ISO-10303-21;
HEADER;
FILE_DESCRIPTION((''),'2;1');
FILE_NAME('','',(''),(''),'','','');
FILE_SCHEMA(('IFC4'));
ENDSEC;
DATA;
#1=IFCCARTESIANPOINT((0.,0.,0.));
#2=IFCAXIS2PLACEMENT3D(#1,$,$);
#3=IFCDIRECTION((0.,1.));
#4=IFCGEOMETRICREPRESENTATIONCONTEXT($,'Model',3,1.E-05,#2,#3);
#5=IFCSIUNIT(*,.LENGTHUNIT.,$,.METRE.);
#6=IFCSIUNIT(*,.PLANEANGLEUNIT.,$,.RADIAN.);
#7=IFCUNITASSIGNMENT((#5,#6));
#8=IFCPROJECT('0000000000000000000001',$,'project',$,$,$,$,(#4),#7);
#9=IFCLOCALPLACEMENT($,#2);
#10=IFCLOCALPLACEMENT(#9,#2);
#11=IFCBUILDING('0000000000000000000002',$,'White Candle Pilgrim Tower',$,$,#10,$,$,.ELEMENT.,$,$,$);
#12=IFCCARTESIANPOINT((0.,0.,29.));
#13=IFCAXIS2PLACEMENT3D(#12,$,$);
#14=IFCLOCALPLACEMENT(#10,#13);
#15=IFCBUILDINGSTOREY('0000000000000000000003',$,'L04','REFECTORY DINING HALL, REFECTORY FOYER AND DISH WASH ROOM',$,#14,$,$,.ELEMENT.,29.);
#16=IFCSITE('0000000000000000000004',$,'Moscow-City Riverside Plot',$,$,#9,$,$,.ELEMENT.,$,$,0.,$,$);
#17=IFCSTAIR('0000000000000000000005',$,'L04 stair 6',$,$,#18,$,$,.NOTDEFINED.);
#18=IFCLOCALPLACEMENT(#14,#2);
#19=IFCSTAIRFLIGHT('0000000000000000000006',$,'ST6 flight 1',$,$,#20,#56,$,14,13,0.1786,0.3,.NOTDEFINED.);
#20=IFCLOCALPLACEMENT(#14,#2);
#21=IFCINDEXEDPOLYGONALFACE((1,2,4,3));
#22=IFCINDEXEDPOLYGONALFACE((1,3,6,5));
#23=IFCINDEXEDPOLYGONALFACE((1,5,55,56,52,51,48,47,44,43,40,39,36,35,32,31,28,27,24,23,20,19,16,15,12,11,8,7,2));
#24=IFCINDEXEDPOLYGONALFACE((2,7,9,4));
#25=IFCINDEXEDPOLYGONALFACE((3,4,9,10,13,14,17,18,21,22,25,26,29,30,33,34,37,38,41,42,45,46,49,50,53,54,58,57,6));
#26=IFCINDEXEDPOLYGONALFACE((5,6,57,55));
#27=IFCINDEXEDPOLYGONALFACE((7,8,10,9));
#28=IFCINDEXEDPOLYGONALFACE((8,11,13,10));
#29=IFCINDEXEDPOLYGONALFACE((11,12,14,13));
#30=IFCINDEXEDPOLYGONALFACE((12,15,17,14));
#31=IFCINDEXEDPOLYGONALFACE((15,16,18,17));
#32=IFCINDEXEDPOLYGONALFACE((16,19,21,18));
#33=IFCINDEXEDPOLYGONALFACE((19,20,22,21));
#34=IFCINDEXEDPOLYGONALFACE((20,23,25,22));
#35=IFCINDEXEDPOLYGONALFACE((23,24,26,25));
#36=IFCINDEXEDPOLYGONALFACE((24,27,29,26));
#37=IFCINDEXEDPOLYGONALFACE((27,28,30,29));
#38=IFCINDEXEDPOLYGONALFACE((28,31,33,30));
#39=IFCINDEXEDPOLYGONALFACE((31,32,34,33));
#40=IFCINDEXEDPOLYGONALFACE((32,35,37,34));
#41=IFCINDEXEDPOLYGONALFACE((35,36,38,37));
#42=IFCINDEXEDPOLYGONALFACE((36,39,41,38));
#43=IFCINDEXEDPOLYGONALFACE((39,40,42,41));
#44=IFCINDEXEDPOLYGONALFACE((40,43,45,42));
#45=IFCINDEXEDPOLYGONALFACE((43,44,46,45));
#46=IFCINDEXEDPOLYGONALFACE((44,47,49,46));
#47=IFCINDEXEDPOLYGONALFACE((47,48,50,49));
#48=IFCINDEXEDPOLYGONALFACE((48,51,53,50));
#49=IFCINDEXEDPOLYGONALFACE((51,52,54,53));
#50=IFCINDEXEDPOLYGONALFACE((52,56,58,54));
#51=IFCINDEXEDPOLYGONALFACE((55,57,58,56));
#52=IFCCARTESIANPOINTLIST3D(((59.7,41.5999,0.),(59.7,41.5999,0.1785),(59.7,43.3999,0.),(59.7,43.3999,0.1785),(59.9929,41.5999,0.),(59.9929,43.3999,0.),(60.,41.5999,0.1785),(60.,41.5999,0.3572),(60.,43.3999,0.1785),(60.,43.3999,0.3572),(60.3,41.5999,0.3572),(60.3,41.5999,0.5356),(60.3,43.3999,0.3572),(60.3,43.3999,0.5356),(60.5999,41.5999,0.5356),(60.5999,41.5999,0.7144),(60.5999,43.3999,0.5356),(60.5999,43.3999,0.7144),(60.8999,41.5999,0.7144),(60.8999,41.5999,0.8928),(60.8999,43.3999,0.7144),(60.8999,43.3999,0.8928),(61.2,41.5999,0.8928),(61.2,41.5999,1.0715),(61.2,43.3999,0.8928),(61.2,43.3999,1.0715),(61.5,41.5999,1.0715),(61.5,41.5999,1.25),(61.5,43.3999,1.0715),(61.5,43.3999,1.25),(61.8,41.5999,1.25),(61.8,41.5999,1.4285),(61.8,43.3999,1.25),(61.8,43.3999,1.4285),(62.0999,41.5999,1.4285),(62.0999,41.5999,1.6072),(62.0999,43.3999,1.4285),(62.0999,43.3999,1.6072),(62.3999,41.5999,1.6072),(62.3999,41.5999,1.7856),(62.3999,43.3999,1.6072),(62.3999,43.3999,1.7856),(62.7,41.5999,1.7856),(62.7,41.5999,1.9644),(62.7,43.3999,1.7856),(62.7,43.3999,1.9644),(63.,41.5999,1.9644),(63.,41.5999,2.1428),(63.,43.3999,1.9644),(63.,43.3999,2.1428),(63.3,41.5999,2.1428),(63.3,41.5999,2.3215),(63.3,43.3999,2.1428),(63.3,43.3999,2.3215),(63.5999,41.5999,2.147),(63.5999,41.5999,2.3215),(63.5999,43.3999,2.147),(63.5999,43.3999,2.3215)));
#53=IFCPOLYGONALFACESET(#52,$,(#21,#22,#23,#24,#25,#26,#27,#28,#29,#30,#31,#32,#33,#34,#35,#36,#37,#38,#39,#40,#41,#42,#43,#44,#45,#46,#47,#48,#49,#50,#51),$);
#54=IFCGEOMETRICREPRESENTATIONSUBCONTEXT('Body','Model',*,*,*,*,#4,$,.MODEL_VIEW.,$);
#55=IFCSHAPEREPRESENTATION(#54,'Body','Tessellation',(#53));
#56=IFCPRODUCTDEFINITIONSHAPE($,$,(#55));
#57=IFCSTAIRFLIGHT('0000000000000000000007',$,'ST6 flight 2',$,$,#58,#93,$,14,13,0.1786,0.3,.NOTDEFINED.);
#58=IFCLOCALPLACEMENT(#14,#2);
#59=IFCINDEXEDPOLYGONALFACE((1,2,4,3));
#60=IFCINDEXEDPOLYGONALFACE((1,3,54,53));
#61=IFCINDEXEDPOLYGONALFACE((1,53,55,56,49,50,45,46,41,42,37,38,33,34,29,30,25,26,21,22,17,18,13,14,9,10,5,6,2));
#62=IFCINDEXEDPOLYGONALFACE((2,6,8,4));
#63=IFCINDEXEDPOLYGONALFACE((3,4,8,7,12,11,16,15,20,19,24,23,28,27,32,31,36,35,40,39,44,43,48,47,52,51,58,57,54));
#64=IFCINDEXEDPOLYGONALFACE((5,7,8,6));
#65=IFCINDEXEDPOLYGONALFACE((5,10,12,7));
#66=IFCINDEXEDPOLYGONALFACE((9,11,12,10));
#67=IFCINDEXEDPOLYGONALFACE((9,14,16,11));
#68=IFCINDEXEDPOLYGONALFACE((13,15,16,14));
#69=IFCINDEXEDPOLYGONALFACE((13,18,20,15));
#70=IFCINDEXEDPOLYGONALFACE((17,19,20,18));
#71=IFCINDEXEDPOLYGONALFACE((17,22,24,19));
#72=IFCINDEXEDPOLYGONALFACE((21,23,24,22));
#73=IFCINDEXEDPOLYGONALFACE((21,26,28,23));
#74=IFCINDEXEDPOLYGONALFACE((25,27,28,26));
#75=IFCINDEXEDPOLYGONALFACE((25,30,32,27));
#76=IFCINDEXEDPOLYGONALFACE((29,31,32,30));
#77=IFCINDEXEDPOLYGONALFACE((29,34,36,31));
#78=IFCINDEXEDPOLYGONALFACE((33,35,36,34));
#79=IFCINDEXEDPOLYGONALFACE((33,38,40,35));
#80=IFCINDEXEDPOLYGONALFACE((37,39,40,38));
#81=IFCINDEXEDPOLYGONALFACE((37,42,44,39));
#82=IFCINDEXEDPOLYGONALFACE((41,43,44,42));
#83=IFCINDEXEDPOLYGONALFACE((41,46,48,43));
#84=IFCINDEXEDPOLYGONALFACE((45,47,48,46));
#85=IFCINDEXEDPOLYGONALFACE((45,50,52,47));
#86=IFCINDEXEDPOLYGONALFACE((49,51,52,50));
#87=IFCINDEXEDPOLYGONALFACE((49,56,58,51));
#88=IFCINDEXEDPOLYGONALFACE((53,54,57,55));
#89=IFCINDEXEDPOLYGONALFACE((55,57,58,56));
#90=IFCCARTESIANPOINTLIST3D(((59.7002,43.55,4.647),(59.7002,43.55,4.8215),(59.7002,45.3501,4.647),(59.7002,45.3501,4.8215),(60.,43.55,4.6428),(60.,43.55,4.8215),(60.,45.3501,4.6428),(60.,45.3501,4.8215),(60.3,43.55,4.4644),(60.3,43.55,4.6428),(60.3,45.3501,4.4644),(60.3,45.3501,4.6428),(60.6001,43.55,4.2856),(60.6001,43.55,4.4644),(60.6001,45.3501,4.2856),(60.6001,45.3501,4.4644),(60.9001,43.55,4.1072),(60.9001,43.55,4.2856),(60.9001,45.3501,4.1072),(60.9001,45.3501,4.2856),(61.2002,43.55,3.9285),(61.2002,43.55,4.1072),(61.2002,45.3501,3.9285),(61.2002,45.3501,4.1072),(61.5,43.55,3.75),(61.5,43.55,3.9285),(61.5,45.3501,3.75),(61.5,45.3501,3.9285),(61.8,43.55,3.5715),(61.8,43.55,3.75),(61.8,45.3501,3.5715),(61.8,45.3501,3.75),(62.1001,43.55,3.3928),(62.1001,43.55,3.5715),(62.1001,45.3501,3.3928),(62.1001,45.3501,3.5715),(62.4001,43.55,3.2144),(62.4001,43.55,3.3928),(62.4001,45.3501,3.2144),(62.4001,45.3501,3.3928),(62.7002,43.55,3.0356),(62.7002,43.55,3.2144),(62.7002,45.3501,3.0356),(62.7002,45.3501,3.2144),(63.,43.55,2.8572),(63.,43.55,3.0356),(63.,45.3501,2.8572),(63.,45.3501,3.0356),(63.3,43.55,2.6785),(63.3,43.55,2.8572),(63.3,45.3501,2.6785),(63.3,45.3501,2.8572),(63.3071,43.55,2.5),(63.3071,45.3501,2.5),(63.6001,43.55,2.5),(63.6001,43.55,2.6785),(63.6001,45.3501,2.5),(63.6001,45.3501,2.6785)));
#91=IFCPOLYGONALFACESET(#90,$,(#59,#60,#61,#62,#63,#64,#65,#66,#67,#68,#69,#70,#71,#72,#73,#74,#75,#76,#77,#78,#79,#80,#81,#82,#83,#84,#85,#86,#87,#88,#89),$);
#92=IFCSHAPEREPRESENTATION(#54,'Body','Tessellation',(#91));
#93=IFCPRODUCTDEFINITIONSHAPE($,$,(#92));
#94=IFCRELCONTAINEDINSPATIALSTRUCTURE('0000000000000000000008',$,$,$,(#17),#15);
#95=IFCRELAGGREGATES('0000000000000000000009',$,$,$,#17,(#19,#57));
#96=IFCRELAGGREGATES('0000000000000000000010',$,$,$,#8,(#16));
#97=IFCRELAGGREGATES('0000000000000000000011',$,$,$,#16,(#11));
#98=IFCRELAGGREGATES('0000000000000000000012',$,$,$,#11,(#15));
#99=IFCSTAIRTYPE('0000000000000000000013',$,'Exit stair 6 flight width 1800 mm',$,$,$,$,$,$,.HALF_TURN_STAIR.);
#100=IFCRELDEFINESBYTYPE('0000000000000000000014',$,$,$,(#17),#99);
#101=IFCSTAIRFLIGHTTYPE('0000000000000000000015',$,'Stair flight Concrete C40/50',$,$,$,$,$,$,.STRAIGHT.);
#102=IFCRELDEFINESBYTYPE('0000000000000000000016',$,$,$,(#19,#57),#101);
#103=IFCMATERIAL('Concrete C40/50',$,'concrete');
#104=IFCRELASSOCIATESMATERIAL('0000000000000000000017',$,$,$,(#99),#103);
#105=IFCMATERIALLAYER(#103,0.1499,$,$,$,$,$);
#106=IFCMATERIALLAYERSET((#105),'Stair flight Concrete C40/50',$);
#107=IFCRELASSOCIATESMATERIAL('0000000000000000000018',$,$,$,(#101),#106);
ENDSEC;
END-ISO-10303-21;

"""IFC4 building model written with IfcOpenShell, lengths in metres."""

from ifc_helpers import new_model, si_unit, direction, frame, origin, place, context, subcontext, project, spatial, polyline, outline, extrude, material, layer, layer_set, type_object, element, aggregate, save


model = new_model("IFC4")

# Units and contexts
model_context = context("Model", 3, precision=1e-05, world=origin(), true_north=direction((0.0, 1.0)))
body_context = subcontext(model_context, "Body", "Model", "MODEL_VIEW")
ifc_project = project(units=[si_unit("LENGTHUNIT", "METRE"), si_unit("PLANEANGLEUNIT", "RADIAN")], contexts=[model_context])

# Site, building, storey
site_placement = place(None, origin())
site = spatial("IfcSite", under=ifc_project, at=site_placement, Name="Moscow-City Riverside Plot", CompositionType="ELEMENT", RefElevation=0.0)
building_placement = place(site_placement, origin())
building = spatial("IfcBuilding", under=site, at=building_placement, Name="White Candle Pilgrim Tower", CompositionType="ELEMENT")
storey_placement = place(building_placement, frame((0.0, 0.0, 29.0)))
storey = spatial("IfcBuildingStorey", under=building, at=storey_placement, Name="L04", Description="REFECTORY DINING HALL, REFECTORY FOYER AND DISH WASH ROOM", CompositionType="ELEMENT", Elevation=29.0)

# Stair, stair flights
ifc_material_1 = material(Name="Concrete C40/50", Category="concrete")
stair_type = type_object("IfcStairType", Name="Exit stair 6 flight width 1800 mm", PredefinedType="HALF_TURN_STAIR", material=ifc_material_1)
stair_placement = place(storey_placement, origin())
stair = element("IfcStair", 1, at=stair_placement, inside=storey, type_object=stair_type, Name="L04 stair 6", PredefinedType="NOTDEFINED")
ifc_layer_1 = layer(ifc_material_1, 0.1499)
ifc_layer_set_1 = layer_set([ifc_layer_1], Name="Stair flight Concrete C40/50")
stair_flight_type = type_object("IfcStairFlightType", Name="Stair flight Concrete C40/50", PredefinedType="STRAIGHT", material=ifc_layer_set_1)
stair_flight_1_placement = place(storey_placement, frame((59.7, 42.5, 0.0), z_axis=(0.0, 0.0, 1.0), x_axis=(1.0, 0.0, 0.0)))
stair_flight_1 = element("IfcStairFlight", 2, at=stair_flight_1_placement, type_object=stair_flight_type, Name="ST6 flight 1", NumberOfRisers=14, NumberOfTreads=13, PredefinedType="NOTDEFINED", RiserHeight=0.1786, TreadLength=0.3, context=body_context, shape_type="SweptSolid", body=[
    extrude(outline(polyline([(0.0, 0.0), (0.0, 0.1785), (0.3, 0.1785), (0.3, 0.3572), (0.6001, 0.3572), (0.6001, 0.5356), (0.8999, 0.5356), (0.8999, 0.7144), (1.2, 0.7144), (1.2, 0.8928), (1.5, 0.8928), (1.5, 1.0715), (1.8, 1.0715), (1.8, 1.25), (2.1001, 1.25), (2.1001, 1.4285), (2.3999, 1.4285), (2.3999, 1.6072), (2.7, 1.6072), (2.7, 1.7856), (3.0, 1.7856), (3.0, 1.9644), (3.3, 1.9644), (3.3, 2.1428), (3.6001, 2.1428), (3.6001, 2.3215), (3.8999, 2.3215), (3.8999, 2.5), (3.8999, 2.147), (0.293, 0.0), (0.0, 0.0)])), frame((0.0, 0.8999, 0.0), z_axis=(0.0, -1.0, 0.0), x_axis=(1.0, 0.0, 0.0)), (0.0, 0.0, 1.0), 1.8),
])
stair_flight_2_placement = place(storey_placement, frame((63.6001, 44.45, 2.5), z_axis=(0.0, 0.0, 1.0), x_axis=(-1.0, 0.0, 0.0)))
stair_flight_2 = element("IfcStairFlight", 3, at=stair_flight_2_placement, type_object=stair_flight_type, Name="ST6 flight 2", NumberOfRisers=14, NumberOfTreads=13, PredefinedType="NOTDEFINED", RiserHeight=0.1786, TreadLength=0.3, context=body_context, shape_type="SweptSolid", body=[
    extrude(outline(polyline([(0.0, 0.0), (0.0, 0.1785), (0.3, 0.1785), (0.3, 0.3572), (0.6001, 0.3572), (0.6001, 0.5356), (0.8999, 0.5356), (0.8999, 0.7144), (1.2, 0.7144), (1.2, 0.8928), (1.5, 0.8928), (1.5, 1.0715), (1.8, 1.0715), (1.8, 1.25), (2.1001, 1.25), (2.1001, 1.4285), (2.3999, 1.4285), (2.3999, 1.6072), (2.7, 1.6072), (2.7, 1.7856), (3.0, 1.7856), (3.0, 1.9644), (3.3, 1.9644), (3.3, 2.1428), (3.6001, 2.1428), (3.6001, 2.3215), (3.8999, 2.3215), (3.8999, 2.5), (3.8999, 2.147), (0.293, 0.0), (0.0, 0.0)])), frame((0.0, 0.8999, 0.0), z_axis=(0.0, -1.0, 0.0), x_axis=(1.0, 0.0, 0.0)), (0.0, 0.0, 1.0), 1.8),
])
aggregate(stair, [stair_flight_1, stair_flight_2])

save(model, "model.ifc")
